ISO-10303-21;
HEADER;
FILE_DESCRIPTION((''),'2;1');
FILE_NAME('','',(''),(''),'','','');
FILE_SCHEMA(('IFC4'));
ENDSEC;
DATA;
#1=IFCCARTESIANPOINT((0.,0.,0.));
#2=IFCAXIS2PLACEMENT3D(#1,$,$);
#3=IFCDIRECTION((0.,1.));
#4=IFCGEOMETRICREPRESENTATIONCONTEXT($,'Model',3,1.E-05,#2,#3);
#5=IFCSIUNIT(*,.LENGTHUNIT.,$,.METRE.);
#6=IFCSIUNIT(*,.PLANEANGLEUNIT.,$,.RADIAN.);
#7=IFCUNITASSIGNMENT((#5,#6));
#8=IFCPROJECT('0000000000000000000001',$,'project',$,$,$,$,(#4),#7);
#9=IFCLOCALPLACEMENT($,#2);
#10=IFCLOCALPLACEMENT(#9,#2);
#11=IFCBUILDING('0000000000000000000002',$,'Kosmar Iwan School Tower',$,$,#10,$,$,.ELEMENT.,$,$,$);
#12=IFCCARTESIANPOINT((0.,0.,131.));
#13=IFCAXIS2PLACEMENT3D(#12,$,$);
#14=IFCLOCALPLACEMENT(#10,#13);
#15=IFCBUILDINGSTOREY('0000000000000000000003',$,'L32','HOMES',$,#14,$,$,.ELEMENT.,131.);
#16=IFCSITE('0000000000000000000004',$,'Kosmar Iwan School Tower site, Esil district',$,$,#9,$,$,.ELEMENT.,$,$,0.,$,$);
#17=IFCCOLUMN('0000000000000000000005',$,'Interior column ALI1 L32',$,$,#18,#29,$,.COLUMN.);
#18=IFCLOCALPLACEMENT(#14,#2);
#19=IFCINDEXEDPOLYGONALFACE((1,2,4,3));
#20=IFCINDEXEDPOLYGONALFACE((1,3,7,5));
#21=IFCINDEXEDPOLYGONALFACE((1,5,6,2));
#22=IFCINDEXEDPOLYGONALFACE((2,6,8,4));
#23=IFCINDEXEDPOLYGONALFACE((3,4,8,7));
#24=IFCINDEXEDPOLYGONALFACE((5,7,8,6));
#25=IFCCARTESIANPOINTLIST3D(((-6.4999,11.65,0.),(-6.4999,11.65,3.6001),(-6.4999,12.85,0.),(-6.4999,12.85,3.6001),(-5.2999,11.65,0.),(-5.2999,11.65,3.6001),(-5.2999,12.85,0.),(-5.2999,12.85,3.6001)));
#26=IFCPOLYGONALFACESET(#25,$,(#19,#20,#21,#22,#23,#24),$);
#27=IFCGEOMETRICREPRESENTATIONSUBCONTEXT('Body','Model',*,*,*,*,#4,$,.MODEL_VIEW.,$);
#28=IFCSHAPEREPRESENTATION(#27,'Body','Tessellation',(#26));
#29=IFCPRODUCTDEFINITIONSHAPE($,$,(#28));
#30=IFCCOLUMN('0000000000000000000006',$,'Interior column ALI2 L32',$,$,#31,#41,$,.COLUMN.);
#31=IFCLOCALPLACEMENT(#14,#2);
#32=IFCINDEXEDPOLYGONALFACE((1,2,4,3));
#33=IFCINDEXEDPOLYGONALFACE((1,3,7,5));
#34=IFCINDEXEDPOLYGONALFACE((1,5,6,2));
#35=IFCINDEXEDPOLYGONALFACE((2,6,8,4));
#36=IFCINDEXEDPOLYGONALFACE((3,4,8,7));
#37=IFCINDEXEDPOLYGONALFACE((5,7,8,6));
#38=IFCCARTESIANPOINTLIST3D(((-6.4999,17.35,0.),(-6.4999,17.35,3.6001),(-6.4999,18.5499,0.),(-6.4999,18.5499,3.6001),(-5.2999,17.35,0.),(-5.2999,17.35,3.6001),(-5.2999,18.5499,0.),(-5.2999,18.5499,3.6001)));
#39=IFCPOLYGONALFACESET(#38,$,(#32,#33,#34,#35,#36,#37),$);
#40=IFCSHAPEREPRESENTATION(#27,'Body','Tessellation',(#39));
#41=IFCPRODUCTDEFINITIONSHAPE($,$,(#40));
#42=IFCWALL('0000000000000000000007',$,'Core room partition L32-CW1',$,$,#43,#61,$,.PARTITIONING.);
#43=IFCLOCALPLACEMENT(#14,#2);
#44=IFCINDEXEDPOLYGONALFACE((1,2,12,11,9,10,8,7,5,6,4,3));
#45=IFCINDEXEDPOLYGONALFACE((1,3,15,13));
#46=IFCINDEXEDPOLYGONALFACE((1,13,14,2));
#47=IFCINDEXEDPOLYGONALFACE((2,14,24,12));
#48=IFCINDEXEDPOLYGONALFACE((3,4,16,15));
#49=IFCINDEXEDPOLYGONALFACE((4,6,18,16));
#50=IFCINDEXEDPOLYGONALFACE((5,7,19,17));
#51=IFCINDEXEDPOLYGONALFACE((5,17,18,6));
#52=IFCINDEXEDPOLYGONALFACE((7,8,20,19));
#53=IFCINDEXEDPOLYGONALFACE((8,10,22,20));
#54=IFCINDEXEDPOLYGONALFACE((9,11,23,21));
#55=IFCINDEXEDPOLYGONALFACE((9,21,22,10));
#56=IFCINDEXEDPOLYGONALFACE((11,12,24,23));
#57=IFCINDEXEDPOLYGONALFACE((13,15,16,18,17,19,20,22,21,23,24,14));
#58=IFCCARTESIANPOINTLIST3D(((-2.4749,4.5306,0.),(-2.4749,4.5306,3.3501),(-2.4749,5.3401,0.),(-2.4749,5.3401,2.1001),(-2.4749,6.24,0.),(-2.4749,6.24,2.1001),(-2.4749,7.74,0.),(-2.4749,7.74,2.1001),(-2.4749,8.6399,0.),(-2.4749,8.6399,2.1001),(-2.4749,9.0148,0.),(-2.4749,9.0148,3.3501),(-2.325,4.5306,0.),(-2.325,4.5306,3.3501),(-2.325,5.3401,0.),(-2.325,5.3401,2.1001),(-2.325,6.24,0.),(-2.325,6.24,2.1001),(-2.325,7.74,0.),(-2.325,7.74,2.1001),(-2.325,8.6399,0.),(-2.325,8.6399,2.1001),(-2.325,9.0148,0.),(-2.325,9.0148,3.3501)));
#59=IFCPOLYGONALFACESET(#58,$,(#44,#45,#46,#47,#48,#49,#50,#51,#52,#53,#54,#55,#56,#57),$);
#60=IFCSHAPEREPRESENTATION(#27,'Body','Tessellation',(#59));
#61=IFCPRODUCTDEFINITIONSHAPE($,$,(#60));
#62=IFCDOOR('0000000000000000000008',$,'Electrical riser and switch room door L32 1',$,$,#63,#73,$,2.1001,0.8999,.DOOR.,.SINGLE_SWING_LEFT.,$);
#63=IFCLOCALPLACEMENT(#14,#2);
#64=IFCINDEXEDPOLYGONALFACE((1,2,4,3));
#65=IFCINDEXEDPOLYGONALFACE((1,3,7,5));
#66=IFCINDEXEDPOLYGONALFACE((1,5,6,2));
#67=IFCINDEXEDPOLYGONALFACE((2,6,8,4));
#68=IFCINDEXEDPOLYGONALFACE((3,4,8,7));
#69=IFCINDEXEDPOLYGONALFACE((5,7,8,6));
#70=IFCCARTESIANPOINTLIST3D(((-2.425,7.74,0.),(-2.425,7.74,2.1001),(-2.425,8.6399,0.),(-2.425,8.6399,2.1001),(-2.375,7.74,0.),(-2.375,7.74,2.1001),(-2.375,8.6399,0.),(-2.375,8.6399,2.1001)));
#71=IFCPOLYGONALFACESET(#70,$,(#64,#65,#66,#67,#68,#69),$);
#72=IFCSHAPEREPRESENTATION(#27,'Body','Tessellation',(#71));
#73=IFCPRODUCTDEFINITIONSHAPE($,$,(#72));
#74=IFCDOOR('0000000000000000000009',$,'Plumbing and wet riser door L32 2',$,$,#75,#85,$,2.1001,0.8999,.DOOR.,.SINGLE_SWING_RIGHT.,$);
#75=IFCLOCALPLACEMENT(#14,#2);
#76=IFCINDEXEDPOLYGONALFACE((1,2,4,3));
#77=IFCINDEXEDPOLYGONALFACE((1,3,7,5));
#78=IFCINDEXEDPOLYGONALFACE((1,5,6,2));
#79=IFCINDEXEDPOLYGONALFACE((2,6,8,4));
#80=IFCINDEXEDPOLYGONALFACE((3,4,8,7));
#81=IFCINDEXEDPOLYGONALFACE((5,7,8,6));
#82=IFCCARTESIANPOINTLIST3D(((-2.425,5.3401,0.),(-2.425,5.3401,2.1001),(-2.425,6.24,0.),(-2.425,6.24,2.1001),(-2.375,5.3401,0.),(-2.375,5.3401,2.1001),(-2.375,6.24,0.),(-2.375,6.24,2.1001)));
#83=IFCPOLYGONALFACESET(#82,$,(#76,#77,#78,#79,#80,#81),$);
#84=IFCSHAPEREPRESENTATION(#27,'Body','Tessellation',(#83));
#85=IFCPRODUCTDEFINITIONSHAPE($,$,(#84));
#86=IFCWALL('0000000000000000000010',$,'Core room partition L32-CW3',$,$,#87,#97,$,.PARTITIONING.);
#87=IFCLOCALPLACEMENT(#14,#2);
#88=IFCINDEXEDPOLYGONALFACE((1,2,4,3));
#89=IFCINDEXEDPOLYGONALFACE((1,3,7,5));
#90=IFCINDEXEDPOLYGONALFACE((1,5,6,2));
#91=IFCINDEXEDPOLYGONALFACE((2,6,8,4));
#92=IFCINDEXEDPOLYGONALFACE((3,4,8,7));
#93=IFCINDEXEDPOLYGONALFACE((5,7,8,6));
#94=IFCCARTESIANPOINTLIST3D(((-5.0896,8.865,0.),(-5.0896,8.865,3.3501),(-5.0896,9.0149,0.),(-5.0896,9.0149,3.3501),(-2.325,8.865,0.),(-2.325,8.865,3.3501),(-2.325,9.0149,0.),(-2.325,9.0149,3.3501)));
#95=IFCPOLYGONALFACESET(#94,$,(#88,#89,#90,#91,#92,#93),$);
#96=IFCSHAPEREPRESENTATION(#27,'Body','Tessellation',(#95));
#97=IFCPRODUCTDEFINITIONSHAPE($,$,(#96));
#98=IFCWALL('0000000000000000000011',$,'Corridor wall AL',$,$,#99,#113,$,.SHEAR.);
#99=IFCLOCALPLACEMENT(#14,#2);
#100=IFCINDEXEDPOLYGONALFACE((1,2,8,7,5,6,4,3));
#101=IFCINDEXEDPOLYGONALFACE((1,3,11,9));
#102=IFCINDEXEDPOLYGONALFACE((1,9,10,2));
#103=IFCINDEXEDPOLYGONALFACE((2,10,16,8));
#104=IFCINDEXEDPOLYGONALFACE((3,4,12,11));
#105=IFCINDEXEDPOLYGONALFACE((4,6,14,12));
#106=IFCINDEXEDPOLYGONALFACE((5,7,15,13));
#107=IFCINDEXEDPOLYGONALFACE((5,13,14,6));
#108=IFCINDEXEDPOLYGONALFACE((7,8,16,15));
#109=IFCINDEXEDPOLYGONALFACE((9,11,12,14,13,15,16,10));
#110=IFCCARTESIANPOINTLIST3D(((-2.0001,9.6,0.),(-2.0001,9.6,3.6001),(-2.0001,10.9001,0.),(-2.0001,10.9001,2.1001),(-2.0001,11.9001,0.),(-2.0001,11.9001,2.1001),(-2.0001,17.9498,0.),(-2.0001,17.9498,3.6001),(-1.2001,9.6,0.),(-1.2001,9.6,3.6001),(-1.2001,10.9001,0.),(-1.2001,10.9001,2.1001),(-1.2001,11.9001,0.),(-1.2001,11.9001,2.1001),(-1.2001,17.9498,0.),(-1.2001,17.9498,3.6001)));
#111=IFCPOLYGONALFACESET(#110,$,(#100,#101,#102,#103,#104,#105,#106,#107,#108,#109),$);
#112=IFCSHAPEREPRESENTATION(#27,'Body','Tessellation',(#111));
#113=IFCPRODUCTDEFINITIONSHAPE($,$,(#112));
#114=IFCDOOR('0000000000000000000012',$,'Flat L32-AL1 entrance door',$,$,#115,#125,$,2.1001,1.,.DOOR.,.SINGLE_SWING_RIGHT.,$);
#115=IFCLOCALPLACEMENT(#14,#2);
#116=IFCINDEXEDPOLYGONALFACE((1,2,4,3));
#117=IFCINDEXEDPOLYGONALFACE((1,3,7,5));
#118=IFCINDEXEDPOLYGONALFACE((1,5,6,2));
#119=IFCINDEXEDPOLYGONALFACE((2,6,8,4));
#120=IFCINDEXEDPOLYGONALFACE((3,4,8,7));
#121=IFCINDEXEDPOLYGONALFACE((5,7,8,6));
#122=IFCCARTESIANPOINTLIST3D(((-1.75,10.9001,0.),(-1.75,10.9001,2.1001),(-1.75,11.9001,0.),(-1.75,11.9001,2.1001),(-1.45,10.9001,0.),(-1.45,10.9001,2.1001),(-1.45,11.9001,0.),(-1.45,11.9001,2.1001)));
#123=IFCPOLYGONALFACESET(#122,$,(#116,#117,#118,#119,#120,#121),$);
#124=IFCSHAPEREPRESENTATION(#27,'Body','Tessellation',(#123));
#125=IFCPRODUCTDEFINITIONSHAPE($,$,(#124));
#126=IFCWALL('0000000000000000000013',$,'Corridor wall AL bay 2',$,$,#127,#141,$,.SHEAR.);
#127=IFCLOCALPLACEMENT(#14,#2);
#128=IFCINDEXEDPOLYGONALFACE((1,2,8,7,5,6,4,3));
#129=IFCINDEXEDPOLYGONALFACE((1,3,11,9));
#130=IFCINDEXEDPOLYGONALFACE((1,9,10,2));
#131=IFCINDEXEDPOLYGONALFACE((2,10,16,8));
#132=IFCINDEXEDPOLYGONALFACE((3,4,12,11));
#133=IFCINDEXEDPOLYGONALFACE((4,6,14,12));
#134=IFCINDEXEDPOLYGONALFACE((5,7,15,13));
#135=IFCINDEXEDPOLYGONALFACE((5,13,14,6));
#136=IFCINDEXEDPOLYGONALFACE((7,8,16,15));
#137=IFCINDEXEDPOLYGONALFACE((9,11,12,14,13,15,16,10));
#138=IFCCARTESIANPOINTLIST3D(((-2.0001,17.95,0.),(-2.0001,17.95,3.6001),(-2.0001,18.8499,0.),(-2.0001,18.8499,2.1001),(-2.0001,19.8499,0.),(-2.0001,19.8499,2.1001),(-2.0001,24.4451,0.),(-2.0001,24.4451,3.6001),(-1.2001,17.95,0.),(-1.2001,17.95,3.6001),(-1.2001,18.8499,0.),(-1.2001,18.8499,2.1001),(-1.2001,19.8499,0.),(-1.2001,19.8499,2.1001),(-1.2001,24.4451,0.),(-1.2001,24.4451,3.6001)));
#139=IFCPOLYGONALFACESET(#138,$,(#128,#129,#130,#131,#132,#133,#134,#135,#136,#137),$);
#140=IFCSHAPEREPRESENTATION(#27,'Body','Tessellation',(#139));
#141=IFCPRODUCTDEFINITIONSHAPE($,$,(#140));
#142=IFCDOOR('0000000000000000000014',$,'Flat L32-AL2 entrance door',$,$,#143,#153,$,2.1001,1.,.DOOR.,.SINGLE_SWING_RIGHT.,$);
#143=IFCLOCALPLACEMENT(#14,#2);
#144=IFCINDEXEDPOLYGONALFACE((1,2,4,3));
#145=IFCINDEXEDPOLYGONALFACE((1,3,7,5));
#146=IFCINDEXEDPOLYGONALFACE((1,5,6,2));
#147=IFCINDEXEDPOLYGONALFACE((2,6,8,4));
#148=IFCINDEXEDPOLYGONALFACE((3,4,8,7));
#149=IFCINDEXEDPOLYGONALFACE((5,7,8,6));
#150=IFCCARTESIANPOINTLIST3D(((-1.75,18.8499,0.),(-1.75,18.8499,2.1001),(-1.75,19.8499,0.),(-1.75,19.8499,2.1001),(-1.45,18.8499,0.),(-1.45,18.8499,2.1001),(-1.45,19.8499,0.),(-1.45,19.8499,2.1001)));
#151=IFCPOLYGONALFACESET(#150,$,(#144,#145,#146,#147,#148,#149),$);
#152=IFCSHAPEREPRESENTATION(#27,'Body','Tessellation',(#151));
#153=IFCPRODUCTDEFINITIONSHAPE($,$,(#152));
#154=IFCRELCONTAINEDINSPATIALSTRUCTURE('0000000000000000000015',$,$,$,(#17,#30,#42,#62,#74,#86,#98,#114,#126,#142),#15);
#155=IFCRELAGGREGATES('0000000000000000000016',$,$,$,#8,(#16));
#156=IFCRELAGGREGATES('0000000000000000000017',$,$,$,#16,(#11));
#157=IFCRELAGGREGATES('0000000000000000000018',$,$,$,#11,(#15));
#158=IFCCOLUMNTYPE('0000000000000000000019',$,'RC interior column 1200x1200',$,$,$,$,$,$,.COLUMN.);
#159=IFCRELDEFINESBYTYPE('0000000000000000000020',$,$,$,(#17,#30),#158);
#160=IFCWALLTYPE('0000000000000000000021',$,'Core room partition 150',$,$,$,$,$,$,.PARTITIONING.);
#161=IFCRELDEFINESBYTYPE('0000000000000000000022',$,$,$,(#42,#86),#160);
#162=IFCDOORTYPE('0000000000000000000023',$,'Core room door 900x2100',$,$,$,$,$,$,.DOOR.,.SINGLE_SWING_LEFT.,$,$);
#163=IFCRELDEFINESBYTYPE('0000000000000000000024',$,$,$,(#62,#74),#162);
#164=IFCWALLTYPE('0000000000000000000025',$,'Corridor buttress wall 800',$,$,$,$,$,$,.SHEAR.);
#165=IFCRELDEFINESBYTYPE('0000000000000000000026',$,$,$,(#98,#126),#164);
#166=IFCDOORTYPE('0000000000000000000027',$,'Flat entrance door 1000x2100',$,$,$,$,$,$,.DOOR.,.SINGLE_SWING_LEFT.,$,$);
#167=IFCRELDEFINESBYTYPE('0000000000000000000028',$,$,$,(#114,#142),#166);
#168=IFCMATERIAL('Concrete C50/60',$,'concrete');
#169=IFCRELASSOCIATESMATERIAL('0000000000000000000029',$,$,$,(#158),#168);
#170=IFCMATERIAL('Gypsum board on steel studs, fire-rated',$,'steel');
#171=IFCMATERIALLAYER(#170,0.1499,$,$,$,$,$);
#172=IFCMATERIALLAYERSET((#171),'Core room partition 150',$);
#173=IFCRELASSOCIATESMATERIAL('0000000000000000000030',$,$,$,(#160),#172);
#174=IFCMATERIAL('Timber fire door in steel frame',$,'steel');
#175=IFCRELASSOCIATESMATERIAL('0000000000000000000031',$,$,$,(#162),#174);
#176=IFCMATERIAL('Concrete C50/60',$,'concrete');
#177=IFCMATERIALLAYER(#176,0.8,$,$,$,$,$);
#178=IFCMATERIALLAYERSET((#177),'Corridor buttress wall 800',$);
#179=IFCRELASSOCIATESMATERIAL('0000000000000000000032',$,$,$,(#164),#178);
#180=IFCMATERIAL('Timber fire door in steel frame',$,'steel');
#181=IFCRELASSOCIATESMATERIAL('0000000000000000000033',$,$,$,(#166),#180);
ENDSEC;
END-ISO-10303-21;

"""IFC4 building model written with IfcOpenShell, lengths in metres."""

from ifc_helpers import new_model, si_unit, direction, frame, frame_2d, origin, origin_2d, place, context, subcontext, project, spatial, rectangle, extrude, material, layer, layer_set, material_profile, profile_set, type_object, element, fill, save


model = new_model("IFC4")

# Units and contexts
model_context = context("Model", 3, precision=1e-05, world=origin(), true_north=direction((0.0, 1.0)))
body_context = subcontext(model_context, "Body", "Model", "MODEL_VIEW")
ifc_project = project(units=[si_unit("LENGTHUNIT", "METRE"), si_unit("PLANEANGLEUNIT", "RADIAN")], contexts=[model_context])

# Site, building, storey
site_placement = place(None, origin())
site = spatial("IfcSite", under=ifc_project, at=site_placement, Name="Kosmar Iwan School Tower site, Esil district", CompositionType="ELEMENT", RefElevation=0.0)
building_placement = place(site_placement, origin())
building = spatial("IfcBuilding", under=site, at=building_placement, Name="Kosmar Iwan School Tower", CompositionType="ELEMENT")
storey_placement = place(building_placement, frame((0.0, 0.0, 131.0)))
storey = spatial("IfcBuildingStorey", under=building, at=storey_placement, Name="L32", Description="HOMES", CompositionType="ELEMENT", Elevation=131.0)

# Columns
ifc_material_1 = material(Name="Concrete C50/60", Category="concrete")
ifc_material_profile = material_profile(ifc_material_1, rectangle(XDim=1.2, YDim=1.2, at=origin_2d()), Name="RC 1200x1200")
ifc_profile_set = profile_set([ifc_material_profile], Name="Concrete C50/60")
column_type = type_object("IfcColumnType", Name="RC interior column 1200x1200", PredefinedType="COLUMN", material=ifc_profile_set)
for number, where, z_axis, x_axis, name in (
    (1, (-5.8999, 12.25, 0.0), (0.0, 0.0, 1.0), (0.0, 1.0, 0.0), "Interior column ALI1 L32"),
    (2, (-5.8999, 17.95, 0.0), (0.0, 0.0, 1.0), (0.0, 1.0, 0.0), "Interior column ALI2 L32"),
):
    element("IfcColumn", number, at=place(storey_placement, frame(where, z_axis=z_axis, x_axis=x_axis)), inside=storey, type_object=column_type, Name=name, PredefinedType="COLUMN", context=body_context, shape_type="SweptSolid", body=[
        extrude(rectangle(XDim=1.2, YDim=1.2, at=origin_2d()), origin(), (0.0, 0.0, 1.0), 3.6001),
    ])

# Wall, openings, doors
ifc_material_2 = material(Name="Gypsum board on steel studs, fire-rated", Category="steel")
ifc_layer_1 = layer(ifc_material_2, 0.1499)
ifc_layer_set_1 = layer_set([ifc_layer_1], Name="Core room partition 150")
wall_type_1 = type_object("IfcWallType", Name="Core room partition 150", PredefinedType="PARTITIONING", material=ifc_layer_set_1)
wall_1_placement = place(storey_placement, frame((-2.3999, 9.0149, 0.0), z_axis=(0.0, 0.0, 1.0), x_axis=(0.0, -1.0, 0.0)))
wall_1 = element("IfcWall", 3, at=wall_1_placement, inside=storey, type_object=wall_type_1, Name="Core room partition L32-CW1", PredefinedType="PARTITIONING", context=body_context, shape_type="SweptSolid", body=[
    extrude(rectangle(XDim=4.4841, YDim=0.1499, at=frame_2d((2.2422, 0.0))), origin(), (0.0, 0.0, 1.0), 3.3501),
])
opening_1_placement = place(wall_1_placement, frame((0.375, 0.0, 0.0)))
opening_1 = element("IfcOpeningElement", 4, at=opening_1_placement, cuts=wall_1, PredefinedType="OPENING", context=body_context, shape_type="SweptSolid", body=[
    extrude(rectangle(XDim=0.8999, YDim=2.1001, at=frame_2d((0.45, 1.05))), frame((0.0, 0.0869, 0.0), z_axis=(0.0, -1.0, 0.0), x_axis=(1.0, 0.0, 0.0)), (0.0, 0.0, 1.0), 0.1738),
])
opening_2_placement = place(wall_1_placement, frame((2.7749, 0.0, 0.0)))
opening_2 = element("IfcOpeningElement", 5, at=opening_2_placement, cuts=wall_1, PredefinedType="OPENING", context=body_context, shape_type="SweptSolid", body=[
    extrude(rectangle(XDim=0.8999, YDim=2.1001, at=frame_2d((0.45, 1.05))), frame((0.0, 0.0869, 0.0), z_axis=(0.0, -1.0, 0.0), x_axis=(1.0, 0.0, 0.0)), (0.0, 0.0, 1.0), 0.1738),
])
ifc_material_3 = material(Name="Timber fire door in steel frame", Category="steel")
door_type_1 = type_object("IfcDoorType", Name="Core room door 900x2100", OperationType="SINGLE_SWING_LEFT", PredefinedType="DOOR", material=ifc_material_3)
door_1_placement = place(opening_1_placement, origin())
door_1 = element("IfcDoor", 6, at=door_1_placement, inside=storey, type_object=door_type_1, Name="Electrical riser and switch room door L32 1", OperationType="SINGLE_SWING_LEFT", OverallHeight=2.1001, OverallWidth=0.8999, PredefinedType="DOOR", context=body_context, shape_type="SweptSolid", body=[
    extrude(rectangle(XDim=0.8999, YDim=2.1001, at=frame_2d((0.45, 1.05))), frame((0.0, 0.0249, 0.0), z_axis=(0.0, -1.0, 0.0), x_axis=(1.0, 0.0, 0.0)), (0.0, 0.0, 1.0), 0.05),
])
fill(opening_1, door_1)
door_2_placement = place(opening_2_placement, origin())
door_2 = element("IfcDoor", 7, at=door_2_placement, inside=storey, type_object=door_type_1, Name="Plumbing and wet riser door L32 2", OperationType="SINGLE_SWING_RIGHT", OverallHeight=2.1001, OverallWidth=0.8999, PredefinedType="DOOR", context=body_context, shape_type="SweptSolid", body=[
    extrude(rectangle(XDim=0.8999, YDim=2.1001, at=frame_2d((0.45, 1.05))), frame((0.0, 0.0249, 0.0), z_axis=(0.0, -1.0, 0.0), x_axis=(1.0, 0.0, 0.0)), (0.0, 0.0, 1.0), 0.05),
])
fill(opening_2, door_2)

# Wall
wall_2_placement = place(storey_placement, frame((-5.0896, 8.9399, 0.0), z_axis=(0.0, 0.0, 1.0), x_axis=(1.0, 0.0, 0.0)))
element("IfcWall", 8, at=wall_2_placement, inside=storey, type_object=wall_type_1, Name="Core room partition L32-CW3", PredefinedType="PARTITIONING", context=body_context, shape_type="SweptSolid", body=[
    extrude(rectangle(XDim=2.7646, YDim=0.1499, at=frame_2d((1.3823, 0.0))), origin(), (0.0, 0.0, 1.0), 3.3501),
])

# Walls, openings, doors
ifc_material_4 = material(Name="Concrete C50/60", Category="concrete")
ifc_layer_2 = layer(ifc_material_4, 0.8)
ifc_layer_set_2 = layer_set([ifc_layer_2], Name="Corridor buttress wall 800")
wall_type_2 = type_object("IfcWallType", Name="Corridor buttress wall 800", PredefinedType="SHEAR", material=ifc_layer_set_2)
wall_3_placement = place(storey_placement, frame((-1.6001, 9.6001, 0.0), z_axis=(0.0, 0.0, 1.0), x_axis=(0.0, 1.0, 0.0)))
wall_3 = element("IfcWall", 9, at=wall_3_placement, inside=storey, type_object=wall_type_2, Name="Corridor wall AL", PredefinedType="SHEAR", context=body_context, shape_type="SweptSolid", body=[
    extrude(rectangle(XDim=8.3499, YDim=0.8, at=frame_2d((4.1748, 0.0))), origin(), (0.0, 0.0, 1.0), 3.6001),
])
opening_3_placement = place(wall_3_placement, frame((1.3, 0.0, 0.0)))
opening_3 = element("IfcOpeningElement", 10, at=opening_3_placement, cuts=wall_3, PredefinedType="OPENING", context=body_context, shape_type="SweptSolid", body=[
    extrude(rectangle(XDim=1.0, YDim=2.1001, at=frame_2d((0.5, 1.05))), frame((0.0, 0.4121, 0.0), z_axis=(0.0, -1.0, 0.0), x_axis=(1.0, 0.0, 0.0)), (0.0, 0.0, 1.0), 0.824),
])
ifc_material_5 = material(Name="Timber fire door in steel frame", Category="steel")
door_type_2 = type_object("IfcDoorType", Name="Flat entrance door 1000x2100", OperationType="SINGLE_SWING_LEFT", PredefinedType="DOOR", material=ifc_material_5)
door_3_placement = place(opening_3_placement, origin())
door_3 = element("IfcDoor", 11, at=door_3_placement, inside=storey, type_object=door_type_2, Name="Flat L32-AL1 entrance door", OperationType="SINGLE_SWING_RIGHT", OverallHeight=2.1001, OverallWidth=1.0, PredefinedType="DOOR", context=body_context, shape_type="SweptSolid", body=[
    extrude(rectangle(XDim=1.0, YDim=2.1001, at=frame_2d((0.5, 1.05))), frame((0.0, 0.1499, 0.0), z_axis=(0.0, -1.0, 0.0), x_axis=(1.0, 0.0, 0.0)), (0.0, 0.0, 1.0), 0.3),
])
fill(opening_3, door_3)
wall_4_placement = place(storey_placement, frame((-1.6001, 17.95, 0.0), z_axis=(0.0, 0.0, 1.0), x_axis=(0.0, 1.0, 0.0)))
wall_4 = element("IfcWall", 12, at=wall_4_placement, inside=storey, type_object=wall_type_2, Name="Corridor wall AL bay 2", PredefinedType="SHEAR", context=body_context, shape_type="SweptSolid", body=[
    extrude(rectangle(XDim=6.4951, YDim=0.8, at=frame_2d((3.2476, 0.0))), origin(), (0.0, 0.0, 1.0), 3.6001),
])
opening_4_placement = place(wall_4_placement, frame((0.8999, 0.0, 0.0)))
opening_4 = element("IfcOpeningElement", 13, at=opening_4_placement, cuts=wall_4, PredefinedType="OPENING", context=body_context, shape_type="SweptSolid", body=[
    extrude(rectangle(XDim=1.0, YDim=2.1001, at=frame_2d((0.5, 1.05))), frame((0.0, 0.4121, 0.0), z_axis=(0.0, -1.0, 0.0), x_axis=(1.0, 0.0, 0.0)), (0.0, 0.0, 1.0), 0.824),
])
door_4_placement = place(opening_4_placement, origin())
door_4 = element("IfcDoor", 14, at=door_4_placement, inside=storey, type_object=door_type_2, Name="Flat L32-AL2 entrance door", OperationType="SINGLE_SWING_RIGHT", OverallHeight=2.1001, OverallWidth=1.0, PredefinedType="DOOR", context=body_context, shape_type="SweptSolid", body=[
    extrude(rectangle(XDim=1.0, YDim=2.1001, at=frame_2d((0.5, 1.05))), frame((0.0, 0.1499, 0.0), z_axis=(0.0, -1.0, 0.0), x_axis=(1.0, 0.0, 0.0)), (0.0, 0.0, 1.0), 0.3),
])
fill(opening_4, door_4)

save(model, "model.ifc")
